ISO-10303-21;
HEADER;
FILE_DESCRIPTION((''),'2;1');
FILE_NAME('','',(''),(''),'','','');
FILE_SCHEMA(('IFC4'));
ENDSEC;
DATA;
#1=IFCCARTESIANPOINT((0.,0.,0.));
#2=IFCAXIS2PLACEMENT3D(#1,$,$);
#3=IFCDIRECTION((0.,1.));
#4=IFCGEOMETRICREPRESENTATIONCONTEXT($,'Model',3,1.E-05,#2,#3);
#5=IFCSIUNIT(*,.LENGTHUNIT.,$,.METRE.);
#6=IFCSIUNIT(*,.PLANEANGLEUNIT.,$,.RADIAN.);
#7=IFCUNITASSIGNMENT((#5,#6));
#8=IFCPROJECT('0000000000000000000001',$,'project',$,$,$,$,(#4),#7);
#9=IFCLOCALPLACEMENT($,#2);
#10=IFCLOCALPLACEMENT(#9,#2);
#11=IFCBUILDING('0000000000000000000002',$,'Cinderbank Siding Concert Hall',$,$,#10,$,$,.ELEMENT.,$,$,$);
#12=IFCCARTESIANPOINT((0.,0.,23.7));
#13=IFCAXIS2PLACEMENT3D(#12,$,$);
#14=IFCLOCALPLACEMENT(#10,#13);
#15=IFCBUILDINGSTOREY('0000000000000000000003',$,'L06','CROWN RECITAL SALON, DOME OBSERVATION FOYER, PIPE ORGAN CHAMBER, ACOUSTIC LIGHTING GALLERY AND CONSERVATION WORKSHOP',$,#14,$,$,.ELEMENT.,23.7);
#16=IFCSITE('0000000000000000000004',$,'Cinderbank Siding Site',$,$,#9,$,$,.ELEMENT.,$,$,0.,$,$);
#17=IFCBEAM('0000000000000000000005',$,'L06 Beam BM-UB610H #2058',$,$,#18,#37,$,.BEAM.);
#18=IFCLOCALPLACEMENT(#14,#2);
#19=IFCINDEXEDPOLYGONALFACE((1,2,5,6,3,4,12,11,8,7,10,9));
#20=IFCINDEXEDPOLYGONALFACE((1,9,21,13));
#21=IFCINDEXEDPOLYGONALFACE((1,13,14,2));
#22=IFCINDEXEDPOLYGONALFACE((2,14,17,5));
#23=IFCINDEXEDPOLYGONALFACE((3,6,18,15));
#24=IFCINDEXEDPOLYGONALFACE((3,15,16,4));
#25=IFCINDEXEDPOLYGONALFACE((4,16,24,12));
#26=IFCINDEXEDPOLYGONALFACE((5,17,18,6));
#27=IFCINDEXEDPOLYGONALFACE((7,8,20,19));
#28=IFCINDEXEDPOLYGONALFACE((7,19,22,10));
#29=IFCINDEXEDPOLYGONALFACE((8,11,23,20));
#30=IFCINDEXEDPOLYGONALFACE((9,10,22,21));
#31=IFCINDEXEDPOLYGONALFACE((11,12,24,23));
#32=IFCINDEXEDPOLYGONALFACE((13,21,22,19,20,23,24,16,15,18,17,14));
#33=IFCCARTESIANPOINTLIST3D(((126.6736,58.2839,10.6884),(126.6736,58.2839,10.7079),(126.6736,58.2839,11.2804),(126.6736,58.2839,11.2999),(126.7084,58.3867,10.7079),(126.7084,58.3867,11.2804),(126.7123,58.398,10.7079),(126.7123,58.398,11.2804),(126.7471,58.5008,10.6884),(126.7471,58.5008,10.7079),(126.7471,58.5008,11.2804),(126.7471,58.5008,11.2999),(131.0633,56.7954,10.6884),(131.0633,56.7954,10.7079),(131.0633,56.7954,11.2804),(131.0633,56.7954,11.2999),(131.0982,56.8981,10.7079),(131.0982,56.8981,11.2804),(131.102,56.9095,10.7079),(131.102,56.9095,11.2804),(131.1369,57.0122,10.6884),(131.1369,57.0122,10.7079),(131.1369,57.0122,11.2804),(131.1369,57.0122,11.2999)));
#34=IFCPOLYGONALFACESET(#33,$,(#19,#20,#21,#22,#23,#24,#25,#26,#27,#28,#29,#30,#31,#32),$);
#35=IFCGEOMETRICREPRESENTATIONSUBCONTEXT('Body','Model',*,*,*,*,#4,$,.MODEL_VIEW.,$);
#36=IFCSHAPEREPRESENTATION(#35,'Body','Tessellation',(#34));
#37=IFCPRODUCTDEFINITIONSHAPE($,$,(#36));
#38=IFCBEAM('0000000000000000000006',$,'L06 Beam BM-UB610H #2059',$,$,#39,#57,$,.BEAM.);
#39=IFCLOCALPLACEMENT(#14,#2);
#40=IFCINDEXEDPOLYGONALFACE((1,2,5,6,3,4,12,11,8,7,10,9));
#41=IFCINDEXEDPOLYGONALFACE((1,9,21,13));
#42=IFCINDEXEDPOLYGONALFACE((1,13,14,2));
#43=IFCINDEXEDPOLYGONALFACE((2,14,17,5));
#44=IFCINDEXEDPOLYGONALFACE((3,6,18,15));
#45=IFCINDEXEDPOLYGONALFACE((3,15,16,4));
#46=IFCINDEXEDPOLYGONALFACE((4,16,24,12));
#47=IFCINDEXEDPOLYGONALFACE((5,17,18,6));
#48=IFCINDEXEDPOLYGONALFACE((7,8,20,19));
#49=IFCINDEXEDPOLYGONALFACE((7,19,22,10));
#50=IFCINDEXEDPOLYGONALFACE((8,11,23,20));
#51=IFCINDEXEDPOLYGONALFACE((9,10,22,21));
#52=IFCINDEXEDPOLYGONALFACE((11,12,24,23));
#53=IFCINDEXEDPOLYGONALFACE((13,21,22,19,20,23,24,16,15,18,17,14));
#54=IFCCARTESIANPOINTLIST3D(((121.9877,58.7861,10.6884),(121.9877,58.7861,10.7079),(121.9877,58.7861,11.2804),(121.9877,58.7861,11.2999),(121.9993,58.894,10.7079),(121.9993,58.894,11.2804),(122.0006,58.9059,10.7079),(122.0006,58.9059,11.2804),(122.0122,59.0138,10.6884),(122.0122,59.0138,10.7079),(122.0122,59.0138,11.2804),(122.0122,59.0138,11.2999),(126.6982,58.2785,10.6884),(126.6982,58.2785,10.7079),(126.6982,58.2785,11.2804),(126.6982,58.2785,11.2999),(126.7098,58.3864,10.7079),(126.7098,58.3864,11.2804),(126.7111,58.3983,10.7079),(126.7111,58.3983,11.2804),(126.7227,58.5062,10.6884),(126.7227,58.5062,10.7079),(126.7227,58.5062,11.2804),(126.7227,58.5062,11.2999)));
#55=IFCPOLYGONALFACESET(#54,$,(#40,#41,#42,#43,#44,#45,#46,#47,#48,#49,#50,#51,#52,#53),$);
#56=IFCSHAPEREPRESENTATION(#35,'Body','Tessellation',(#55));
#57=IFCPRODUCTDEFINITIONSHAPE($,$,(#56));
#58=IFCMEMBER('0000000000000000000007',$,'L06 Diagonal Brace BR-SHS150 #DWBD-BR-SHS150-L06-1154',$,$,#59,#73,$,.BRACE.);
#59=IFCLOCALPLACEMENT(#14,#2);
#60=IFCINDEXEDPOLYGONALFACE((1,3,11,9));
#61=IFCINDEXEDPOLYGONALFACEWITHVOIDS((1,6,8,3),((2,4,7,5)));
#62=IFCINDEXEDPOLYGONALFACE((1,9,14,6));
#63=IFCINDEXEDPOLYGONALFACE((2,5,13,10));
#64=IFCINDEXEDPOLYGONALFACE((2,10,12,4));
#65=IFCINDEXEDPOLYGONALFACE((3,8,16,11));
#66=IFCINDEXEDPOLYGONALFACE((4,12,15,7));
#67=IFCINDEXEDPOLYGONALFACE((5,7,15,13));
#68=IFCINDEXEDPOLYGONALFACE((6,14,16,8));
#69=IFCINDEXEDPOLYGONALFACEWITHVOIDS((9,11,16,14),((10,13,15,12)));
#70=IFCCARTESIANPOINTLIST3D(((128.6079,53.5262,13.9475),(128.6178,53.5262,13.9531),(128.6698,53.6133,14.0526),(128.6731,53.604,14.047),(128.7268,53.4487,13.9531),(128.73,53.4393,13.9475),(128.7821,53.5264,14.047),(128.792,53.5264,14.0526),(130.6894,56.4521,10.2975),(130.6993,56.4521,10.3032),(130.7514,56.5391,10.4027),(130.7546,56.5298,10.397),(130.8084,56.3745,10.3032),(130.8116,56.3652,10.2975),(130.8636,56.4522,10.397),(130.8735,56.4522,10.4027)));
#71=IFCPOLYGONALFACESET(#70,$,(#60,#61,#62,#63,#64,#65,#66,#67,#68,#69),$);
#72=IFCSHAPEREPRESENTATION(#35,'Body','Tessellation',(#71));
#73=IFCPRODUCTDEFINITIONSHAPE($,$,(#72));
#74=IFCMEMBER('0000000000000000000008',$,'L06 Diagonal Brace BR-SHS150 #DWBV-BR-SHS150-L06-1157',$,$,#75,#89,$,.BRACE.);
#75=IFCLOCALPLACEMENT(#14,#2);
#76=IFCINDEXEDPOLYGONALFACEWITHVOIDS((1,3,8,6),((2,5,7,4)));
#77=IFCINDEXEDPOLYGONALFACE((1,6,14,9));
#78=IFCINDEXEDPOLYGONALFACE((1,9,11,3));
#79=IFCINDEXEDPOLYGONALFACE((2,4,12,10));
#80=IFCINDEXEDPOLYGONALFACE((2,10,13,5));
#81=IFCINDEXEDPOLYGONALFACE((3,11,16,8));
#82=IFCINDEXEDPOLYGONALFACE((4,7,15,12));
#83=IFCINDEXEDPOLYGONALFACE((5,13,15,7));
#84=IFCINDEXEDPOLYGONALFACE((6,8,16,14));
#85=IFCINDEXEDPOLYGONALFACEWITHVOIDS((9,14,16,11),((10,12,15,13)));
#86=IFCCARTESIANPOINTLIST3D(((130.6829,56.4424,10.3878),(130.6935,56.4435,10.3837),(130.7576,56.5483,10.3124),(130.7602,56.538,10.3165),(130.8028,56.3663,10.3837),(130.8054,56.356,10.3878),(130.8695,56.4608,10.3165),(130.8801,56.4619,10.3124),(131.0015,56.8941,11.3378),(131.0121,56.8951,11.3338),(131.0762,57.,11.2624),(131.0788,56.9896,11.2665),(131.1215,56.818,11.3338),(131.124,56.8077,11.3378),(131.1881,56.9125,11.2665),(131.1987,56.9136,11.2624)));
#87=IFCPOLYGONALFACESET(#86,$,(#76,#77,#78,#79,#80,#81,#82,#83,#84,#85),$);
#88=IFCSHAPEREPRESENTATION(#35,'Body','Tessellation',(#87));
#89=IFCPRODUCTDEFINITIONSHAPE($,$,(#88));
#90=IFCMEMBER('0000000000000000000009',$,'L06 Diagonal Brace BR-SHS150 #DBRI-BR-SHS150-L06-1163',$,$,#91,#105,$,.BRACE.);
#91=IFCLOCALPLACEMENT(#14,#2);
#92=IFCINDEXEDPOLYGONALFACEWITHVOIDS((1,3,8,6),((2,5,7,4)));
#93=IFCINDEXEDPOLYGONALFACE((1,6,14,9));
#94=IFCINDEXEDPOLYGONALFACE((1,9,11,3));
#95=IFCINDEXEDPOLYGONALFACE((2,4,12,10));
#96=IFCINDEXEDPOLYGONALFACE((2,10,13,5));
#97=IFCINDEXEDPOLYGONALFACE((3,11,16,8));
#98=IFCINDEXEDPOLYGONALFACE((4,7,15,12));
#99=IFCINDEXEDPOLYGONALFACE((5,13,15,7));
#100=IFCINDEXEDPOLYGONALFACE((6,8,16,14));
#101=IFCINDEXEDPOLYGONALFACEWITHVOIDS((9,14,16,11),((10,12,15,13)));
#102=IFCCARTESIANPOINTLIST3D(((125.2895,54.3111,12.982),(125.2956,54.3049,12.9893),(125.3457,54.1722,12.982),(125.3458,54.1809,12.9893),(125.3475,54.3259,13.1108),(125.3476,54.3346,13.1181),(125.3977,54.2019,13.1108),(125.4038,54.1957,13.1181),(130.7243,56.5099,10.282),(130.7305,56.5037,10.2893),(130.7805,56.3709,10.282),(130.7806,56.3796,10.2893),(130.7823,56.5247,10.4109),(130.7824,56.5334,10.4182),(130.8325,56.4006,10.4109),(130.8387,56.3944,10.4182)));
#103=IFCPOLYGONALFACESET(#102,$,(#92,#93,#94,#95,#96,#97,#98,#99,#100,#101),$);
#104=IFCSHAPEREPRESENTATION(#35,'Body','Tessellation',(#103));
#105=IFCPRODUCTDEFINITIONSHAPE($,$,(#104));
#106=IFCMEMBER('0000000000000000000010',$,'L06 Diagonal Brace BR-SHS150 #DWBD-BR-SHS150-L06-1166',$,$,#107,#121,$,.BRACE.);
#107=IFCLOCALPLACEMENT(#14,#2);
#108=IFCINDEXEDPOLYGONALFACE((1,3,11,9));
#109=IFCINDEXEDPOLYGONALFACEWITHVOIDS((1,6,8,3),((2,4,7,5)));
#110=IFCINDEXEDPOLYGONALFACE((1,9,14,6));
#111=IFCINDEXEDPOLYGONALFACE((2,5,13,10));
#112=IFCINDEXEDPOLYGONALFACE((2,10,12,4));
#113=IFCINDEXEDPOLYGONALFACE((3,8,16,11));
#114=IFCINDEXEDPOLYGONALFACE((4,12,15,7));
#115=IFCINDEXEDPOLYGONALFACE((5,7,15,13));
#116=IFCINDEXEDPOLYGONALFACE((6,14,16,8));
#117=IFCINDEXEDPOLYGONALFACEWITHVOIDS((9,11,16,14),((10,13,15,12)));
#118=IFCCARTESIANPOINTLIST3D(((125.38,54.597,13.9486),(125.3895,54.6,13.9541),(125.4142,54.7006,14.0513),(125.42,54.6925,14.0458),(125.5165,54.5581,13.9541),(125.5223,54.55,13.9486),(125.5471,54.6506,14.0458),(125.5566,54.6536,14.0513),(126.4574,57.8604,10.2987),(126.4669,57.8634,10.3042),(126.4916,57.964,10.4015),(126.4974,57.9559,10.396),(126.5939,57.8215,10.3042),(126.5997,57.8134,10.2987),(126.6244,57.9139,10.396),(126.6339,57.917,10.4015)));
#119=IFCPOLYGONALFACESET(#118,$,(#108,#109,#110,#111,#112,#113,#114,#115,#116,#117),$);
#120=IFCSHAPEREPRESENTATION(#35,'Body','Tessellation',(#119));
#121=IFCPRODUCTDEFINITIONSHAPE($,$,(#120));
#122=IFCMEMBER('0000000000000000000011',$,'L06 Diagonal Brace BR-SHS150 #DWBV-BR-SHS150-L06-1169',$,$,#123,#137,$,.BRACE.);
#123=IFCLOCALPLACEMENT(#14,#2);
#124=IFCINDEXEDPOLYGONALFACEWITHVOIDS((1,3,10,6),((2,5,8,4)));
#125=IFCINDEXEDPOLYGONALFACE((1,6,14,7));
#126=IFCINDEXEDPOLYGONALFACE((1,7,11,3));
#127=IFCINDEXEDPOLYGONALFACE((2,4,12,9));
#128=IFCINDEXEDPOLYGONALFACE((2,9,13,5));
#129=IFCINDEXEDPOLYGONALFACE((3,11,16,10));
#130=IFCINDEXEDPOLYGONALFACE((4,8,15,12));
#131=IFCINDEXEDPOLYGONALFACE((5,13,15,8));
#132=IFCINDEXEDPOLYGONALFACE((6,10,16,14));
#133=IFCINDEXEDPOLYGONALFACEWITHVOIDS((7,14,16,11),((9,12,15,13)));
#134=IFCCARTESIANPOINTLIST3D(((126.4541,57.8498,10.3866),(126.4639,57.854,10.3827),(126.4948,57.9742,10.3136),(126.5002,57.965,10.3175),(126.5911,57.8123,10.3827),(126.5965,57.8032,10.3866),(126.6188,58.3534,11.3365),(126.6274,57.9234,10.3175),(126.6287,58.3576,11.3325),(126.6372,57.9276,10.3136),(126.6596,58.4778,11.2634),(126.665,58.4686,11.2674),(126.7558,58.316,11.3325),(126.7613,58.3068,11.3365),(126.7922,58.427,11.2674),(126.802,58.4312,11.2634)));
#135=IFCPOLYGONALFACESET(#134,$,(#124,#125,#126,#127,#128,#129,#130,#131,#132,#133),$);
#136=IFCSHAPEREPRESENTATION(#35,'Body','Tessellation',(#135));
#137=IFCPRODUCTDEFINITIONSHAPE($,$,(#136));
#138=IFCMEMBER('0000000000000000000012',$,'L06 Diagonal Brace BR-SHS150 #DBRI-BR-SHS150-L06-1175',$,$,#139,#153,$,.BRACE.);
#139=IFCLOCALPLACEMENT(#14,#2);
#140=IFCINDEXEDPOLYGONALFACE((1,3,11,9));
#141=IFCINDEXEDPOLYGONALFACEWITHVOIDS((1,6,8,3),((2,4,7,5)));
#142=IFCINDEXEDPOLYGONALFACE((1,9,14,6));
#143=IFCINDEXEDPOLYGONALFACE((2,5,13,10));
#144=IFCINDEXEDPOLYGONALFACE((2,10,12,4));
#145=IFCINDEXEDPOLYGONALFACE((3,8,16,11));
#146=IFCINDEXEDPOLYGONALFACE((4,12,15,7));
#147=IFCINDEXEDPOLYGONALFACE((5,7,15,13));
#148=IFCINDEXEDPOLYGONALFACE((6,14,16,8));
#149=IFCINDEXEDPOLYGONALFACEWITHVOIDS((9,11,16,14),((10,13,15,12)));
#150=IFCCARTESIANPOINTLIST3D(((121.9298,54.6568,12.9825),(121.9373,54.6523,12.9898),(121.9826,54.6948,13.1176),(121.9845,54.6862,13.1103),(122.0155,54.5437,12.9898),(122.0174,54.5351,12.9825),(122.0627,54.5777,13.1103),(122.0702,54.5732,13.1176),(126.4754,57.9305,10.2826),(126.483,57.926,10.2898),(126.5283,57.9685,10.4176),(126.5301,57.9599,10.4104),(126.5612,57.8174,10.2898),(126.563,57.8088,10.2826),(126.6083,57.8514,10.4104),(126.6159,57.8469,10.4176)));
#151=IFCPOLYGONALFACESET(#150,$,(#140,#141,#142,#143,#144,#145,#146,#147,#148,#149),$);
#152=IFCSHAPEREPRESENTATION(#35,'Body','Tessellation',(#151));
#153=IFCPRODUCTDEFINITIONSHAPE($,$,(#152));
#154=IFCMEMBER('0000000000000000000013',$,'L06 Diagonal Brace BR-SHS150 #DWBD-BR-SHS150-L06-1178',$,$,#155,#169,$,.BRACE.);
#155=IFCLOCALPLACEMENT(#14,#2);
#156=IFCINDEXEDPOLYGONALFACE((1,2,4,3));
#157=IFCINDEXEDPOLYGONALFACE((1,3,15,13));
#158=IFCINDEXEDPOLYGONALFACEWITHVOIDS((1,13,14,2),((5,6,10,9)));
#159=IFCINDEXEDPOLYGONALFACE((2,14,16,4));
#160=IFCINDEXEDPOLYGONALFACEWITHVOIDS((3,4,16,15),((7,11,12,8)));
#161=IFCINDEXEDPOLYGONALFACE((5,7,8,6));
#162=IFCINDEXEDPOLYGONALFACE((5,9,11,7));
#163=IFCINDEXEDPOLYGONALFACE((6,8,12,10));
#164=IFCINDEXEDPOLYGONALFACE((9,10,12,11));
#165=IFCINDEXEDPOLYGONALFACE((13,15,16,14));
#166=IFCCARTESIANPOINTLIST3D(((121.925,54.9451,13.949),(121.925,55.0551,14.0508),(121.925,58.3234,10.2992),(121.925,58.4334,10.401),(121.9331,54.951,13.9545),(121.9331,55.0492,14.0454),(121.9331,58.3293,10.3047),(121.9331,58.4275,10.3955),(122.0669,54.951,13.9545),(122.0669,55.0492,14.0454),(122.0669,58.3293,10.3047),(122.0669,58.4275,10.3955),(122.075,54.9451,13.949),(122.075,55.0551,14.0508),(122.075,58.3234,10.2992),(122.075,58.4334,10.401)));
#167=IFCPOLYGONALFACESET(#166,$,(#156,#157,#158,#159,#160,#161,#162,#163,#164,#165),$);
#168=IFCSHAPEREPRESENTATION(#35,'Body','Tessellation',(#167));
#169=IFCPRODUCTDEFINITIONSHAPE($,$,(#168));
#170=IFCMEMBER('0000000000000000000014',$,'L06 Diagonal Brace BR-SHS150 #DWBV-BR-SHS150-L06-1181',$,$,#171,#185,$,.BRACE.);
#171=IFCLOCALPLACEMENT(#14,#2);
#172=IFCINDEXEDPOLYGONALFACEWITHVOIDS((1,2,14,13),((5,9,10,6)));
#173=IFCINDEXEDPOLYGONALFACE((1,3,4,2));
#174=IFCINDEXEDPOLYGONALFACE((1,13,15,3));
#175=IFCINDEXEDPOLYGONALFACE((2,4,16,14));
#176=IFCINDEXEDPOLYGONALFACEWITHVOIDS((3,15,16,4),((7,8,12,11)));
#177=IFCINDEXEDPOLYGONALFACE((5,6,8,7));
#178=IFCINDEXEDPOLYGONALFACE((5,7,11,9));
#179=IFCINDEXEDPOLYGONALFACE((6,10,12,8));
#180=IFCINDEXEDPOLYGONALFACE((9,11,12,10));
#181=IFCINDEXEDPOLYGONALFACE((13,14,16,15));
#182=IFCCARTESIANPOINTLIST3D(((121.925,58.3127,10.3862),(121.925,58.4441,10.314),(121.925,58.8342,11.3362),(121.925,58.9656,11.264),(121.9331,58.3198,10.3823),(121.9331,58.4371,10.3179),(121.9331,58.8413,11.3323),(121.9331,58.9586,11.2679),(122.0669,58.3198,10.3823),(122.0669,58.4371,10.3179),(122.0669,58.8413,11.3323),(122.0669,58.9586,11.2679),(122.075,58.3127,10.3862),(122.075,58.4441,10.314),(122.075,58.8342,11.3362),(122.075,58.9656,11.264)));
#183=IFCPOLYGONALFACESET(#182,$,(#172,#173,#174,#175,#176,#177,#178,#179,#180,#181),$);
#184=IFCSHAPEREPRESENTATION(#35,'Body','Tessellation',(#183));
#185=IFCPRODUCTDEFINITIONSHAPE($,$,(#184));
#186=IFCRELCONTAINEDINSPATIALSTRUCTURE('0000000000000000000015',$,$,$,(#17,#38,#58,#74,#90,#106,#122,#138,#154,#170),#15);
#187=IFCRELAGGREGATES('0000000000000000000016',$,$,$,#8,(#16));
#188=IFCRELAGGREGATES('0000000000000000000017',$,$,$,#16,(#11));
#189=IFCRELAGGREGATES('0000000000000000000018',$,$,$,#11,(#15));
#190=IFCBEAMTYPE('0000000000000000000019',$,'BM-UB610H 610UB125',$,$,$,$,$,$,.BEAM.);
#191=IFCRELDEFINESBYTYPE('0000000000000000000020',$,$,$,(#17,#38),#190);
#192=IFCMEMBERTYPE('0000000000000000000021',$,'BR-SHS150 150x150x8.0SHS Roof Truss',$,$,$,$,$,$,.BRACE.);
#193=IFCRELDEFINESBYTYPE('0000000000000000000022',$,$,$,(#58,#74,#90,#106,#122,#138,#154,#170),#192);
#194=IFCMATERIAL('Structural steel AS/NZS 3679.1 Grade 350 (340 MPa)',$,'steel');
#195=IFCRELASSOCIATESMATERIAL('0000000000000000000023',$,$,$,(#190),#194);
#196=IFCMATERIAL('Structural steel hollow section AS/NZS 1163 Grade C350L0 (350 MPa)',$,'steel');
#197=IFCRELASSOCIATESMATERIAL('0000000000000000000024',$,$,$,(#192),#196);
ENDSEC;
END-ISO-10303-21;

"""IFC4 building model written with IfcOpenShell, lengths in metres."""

from ifc_helpers import new_model, si_unit, direction, frame, origin, origin_2d, place, context, subcontext, project, spatial, hollow_rectangle, i_section, extrude, material, material_profile, profile_set, type_object, element, save


model = new_model("IFC4")

# Units and contexts
model_context = context("Model", 3, precision=1e-05, world=origin(), true_north=direction((0.0, 1.0)))
body_context = subcontext(model_context, "Body", "Model", "MODEL_VIEW")
ifc_project = project(units=[si_unit("LENGTHUNIT", "METRE"), si_unit("PLANEANGLEUNIT", "RADIAN")], contexts=[model_context])

# Site, building, storey
site_placement = place(None, origin())
site = spatial("IfcSite", under=ifc_project, at=site_placement, Name="Cinderbank Siding Site", CompositionType="ELEMENT", RefElevation=0.0)
building_placement = place(site_placement, origin())
building = spatial("IfcBuilding", under=site, at=building_placement, Name="Cinderbank Siding Concert Hall", CompositionType="ELEMENT")
storey_placement = place(building_placement, frame((0.0, 0.0, 23.7)))
storey = spatial("IfcBuildingStorey", under=building, at=storey_placement, Name="L06", Description="CROWN RECITAL SALON, DOME OBSERVATION FOYER, PIPE ORGAN CHAMBER, ACOUSTIC LIGHTING GALLERY AND CONSERVATION WORKSHOP", CompositionType="ELEMENT", Elevation=23.7)

# Beams
ifc_material_1 = material(Name="Structural steel AS/NZS 3679.1 Grade 350 (340 MPa)", Category="steel")
ifc_material_profile_1 = material_profile(ifc_material_1, i_section(OverallWidth=0.229, OverallDepth=0.6116, WebThickness=0.012, FlangeThickness=0.0195, at=origin_2d()), Name="610UB125", Category="LoadBearing")
ifc_profile_set_1 = profile_set([ifc_material_profile_1], Name="Structural steel AS/NZS 3679.1 Grade 350 (340 MPa)")
beam_type = type_object("IfcBeamType", Name="BM-UB610H 610UB125", PredefinedType="BEAM", material=ifc_profile_set_1)
beam_1_placement = place(storey_placement, frame((131.1001, 56.9038, 10.9941), z_axis=(-0.947032, 0.321138, 0.0), x_axis=(-0.321138, -0.947032, 0.0)))
element("IfcBeam", 1, at=beam_1_placement, inside=storey, type_object=beam_type, Name="L06 Beam BM-UB610H #2058", PredefinedType="BEAM", context=body_context, shape_type="SweptSolid", body=[
    extrude(i_section(OverallWidth=0.229, OverallDepth=0.6116, WebThickness=0.012, FlangeThickness=0.0195, at=origin_2d()), origin(), (0.0, 0.0, 1.0), 4.6353),
])
beam_2_placement = place(storey_placement, frame((126.7104, 58.3923, 10.9941), z_axis=(-0.994245, 0.107134, 0.0), x_axis=(-0.107134, -0.994245, 0.0)))
element("IfcBeam", 2, at=beam_2_placement, inside=storey, type_object=beam_type, Name="L06 Beam BM-UB610H #2059", PredefinedType="BEAM", context=body_context, shape_type="SweptSolid", body=[
    extrude(i_section(OverallWidth=0.229, OverallDepth=0.6116, WebThickness=0.012, FlangeThickness=0.0195, at=origin_2d()), origin(), (0.0, 0.0, 1.0), 4.7378),
])

# Members
ifc_material_2 = material(Name="Structural steel hollow section AS/NZS 1163 Grade C350L0 (350 MPa)", Category="steel")
ifc_material_profile_2 = material_profile(ifc_material_2, hollow_rectangle(XDim=0.1499, YDim=0.1499, WallThickness=0.0081, at=origin_2d()), Name="150x150x8.0SHS", Category="LoadBearing")
ifc_profile_set_2 = profile_set([ifc_material_profile_2], Name="Structural steel hollow section AS/NZS 1163 Grade C350L0 (350 MPa)")
member_type_1 = type_object("IfcMemberType", Name="BR-SHS150 150x150x8.0SHS Roof Truss", PredefinedType="BRACE", material=ifc_profile_set_2)
member_1_placement = place(storey_placement, frame((130.7815, 56.4521, 10.3501), z_axis=(-0.406548, -0.571437, 0.712866), x_axis=(0.814825, -0.579706, 0.0)))
element("IfcMember", 3, at=member_1_placement, inside=storey, type_object=member_type_1, Name="L06 Diagonal Brace BR-SHS150 #DWBD-BR-SHS150-L06-1154", PredefinedType="BRACE", context=body_context, shape_type="SweptSolid", body=[
    extrude(hollow_rectangle(XDim=0.1499, YDim=0.1499, WallThickness=0.0081, at=origin_2d()), origin(), (0.0, 0.0, 1.0), 5.1201),
])
member_2_placement = place(storey_placement, frame((130.7815, 56.4521, 10.3501), z_axis=(0.28989, 0.410955, 0.864338), x_axis=(-0.817151, 0.576423, 0.0)))
element("IfcMember", 4, at=member_2_placement, inside=storey, type_object=member_type_1, Name="L06 Diagonal Brace BR-SHS150 #DWBV-BR-SHS150-L06-1157", PredefinedType="BRACE", context=body_context, shape_type="SweptSolid", body=[
    extrude(hollow_rectangle(XDim=0.1499, YDim=0.1499, WallThickness=0.0081, at=origin_2d()), origin(), (0.0, 0.0, 1.0), 1.0991),
])
member_3_placement = place(storey_placement, frame((130.7815, 56.4521, 10.3501), z_axis=(-0.842011, -0.340648, 0.418301), x_axis=(0.375035, -0.927011, 0.0)))
element("IfcMember", 5, at=member_3_placement, inside=storey, type_object=member_type_1, Name="L06 Diagonal Brace BR-SHS150 #DBRI-BR-SHS150-L06-1163", PredefinedType="BRACE", context=body_context, shape_type="SweptSolid", body=[
    extrude(hollow_rectangle(XDim=0.1499, YDim=0.1499, WallThickness=0.0081, at=origin_2d()), origin(), (0.0, 0.0, 1.0), 6.4546),
])
member_4_placement = place(storey_placement, frame((126.5457, 57.8887, 10.3501), z_axis=(-0.21491, -0.650962, 0.728053), x_axis=(0.949589, -0.313499, 0.0)))
element("IfcMember", 6, at=member_4_placement, inside=storey, type_object=member_type_1, Name="L06 Diagonal Brace BR-SHS150 #DWBD-BR-SHS150-L06-1166", PredefinedType="BRACE", context=body_context, shape_type="SweptSolid", body=[
    extrude(hollow_rectangle(XDim=0.1499, YDim=0.1499, WallThickness=0.0081, at=origin_2d()), origin(), (0.0, 0.0, 1.0), 5.0132),
])
member_5_placement = place(storey_placement, frame((126.5457, 57.8887, 10.3501), z_axis=(0.151498, 0.463023, 0.873303), x_axis=(-0.950419, 0.310971, 0.0)))
element("IfcMember", 7, at=member_5_placement, inside=storey, type_object=member_type_1, Name="L06 Diagonal Brace BR-SHS150 #DWBV-BR-SHS150-L06-1169", PredefinedType="BRACE", context=body_context, shape_type="SweptSolid", body=[
    extrude(hollow_rectangle(XDim=0.1499, YDim=0.1499, WallThickness=0.0081, at=origin_2d()), origin(), (0.0, 0.0, 1.0), 1.0876),
])
member_6_placement = place(storey_placement, frame((126.5457, 57.8887, 10.3501), z_axis=(-0.730989, -0.526443, 0.434181), x_axis=(0.5844, -0.811466, 0.0)))
element("IfcMember", 8, at=member_6_placement, inside=storey, type_object=member_type_1, Name="L06 Diagonal Brace BR-SHS150 #DBRI-BR-SHS150-L06-1175", PredefinedType="BRACE", context=body_context, shape_type="SweptSolid", body=[
    extrude(hollow_rectangle(XDim=0.1499, YDim=0.1499, WallThickness=0.0081, at=origin_2d()), origin(), (0.0, 0.0, 1.0), 6.2185),
])
member_7_placement = place(storey_placement, frame((122.0, 58.3784, 10.3501), z_axis=(0.0, -0.679287, 0.733873), x_axis=(1.0, 0.0, 0.0)))
element("IfcMember", 9, at=member_7_placement, inside=storey, type_object=member_type_1, Name="L06 Diagonal Brace BR-SHS150 #DWBD-BR-SHS150-L06-1178", PredefinedType="BRACE", context=body_context, shape_type="SweptSolid", body=[
    extrude(hollow_rectangle(XDim=0.1499, YDim=0.1499, WallThickness=0.0081, at=origin_2d()), origin(), (0.0, 0.0, 1.0), 4.9734),
])
member_8_placement = place(storey_placement, frame((122.0, 58.3784, 10.3501), z_axis=(0.0, 0.481218, 0.876601), x_axis=(-1.0, 0.0, 0.0)))
element("IfcMember", 10, at=member_8_placement, inside=storey, type_object=member_type_1, Name="L06 Diagonal Brace BR-SHS150 #DWBV-BR-SHS150-L06-1181", PredefinedType="BRACE", context=body_context, shape_type="SweptSolid", body=[
    extrude(hollow_rectangle(XDim=0.1499, YDim=0.1499, WallThickness=0.0081, at=origin_2d()), origin(), (0.0, 0.0, 1.0), 1.0837),
])

save(model, "model.ifc")
